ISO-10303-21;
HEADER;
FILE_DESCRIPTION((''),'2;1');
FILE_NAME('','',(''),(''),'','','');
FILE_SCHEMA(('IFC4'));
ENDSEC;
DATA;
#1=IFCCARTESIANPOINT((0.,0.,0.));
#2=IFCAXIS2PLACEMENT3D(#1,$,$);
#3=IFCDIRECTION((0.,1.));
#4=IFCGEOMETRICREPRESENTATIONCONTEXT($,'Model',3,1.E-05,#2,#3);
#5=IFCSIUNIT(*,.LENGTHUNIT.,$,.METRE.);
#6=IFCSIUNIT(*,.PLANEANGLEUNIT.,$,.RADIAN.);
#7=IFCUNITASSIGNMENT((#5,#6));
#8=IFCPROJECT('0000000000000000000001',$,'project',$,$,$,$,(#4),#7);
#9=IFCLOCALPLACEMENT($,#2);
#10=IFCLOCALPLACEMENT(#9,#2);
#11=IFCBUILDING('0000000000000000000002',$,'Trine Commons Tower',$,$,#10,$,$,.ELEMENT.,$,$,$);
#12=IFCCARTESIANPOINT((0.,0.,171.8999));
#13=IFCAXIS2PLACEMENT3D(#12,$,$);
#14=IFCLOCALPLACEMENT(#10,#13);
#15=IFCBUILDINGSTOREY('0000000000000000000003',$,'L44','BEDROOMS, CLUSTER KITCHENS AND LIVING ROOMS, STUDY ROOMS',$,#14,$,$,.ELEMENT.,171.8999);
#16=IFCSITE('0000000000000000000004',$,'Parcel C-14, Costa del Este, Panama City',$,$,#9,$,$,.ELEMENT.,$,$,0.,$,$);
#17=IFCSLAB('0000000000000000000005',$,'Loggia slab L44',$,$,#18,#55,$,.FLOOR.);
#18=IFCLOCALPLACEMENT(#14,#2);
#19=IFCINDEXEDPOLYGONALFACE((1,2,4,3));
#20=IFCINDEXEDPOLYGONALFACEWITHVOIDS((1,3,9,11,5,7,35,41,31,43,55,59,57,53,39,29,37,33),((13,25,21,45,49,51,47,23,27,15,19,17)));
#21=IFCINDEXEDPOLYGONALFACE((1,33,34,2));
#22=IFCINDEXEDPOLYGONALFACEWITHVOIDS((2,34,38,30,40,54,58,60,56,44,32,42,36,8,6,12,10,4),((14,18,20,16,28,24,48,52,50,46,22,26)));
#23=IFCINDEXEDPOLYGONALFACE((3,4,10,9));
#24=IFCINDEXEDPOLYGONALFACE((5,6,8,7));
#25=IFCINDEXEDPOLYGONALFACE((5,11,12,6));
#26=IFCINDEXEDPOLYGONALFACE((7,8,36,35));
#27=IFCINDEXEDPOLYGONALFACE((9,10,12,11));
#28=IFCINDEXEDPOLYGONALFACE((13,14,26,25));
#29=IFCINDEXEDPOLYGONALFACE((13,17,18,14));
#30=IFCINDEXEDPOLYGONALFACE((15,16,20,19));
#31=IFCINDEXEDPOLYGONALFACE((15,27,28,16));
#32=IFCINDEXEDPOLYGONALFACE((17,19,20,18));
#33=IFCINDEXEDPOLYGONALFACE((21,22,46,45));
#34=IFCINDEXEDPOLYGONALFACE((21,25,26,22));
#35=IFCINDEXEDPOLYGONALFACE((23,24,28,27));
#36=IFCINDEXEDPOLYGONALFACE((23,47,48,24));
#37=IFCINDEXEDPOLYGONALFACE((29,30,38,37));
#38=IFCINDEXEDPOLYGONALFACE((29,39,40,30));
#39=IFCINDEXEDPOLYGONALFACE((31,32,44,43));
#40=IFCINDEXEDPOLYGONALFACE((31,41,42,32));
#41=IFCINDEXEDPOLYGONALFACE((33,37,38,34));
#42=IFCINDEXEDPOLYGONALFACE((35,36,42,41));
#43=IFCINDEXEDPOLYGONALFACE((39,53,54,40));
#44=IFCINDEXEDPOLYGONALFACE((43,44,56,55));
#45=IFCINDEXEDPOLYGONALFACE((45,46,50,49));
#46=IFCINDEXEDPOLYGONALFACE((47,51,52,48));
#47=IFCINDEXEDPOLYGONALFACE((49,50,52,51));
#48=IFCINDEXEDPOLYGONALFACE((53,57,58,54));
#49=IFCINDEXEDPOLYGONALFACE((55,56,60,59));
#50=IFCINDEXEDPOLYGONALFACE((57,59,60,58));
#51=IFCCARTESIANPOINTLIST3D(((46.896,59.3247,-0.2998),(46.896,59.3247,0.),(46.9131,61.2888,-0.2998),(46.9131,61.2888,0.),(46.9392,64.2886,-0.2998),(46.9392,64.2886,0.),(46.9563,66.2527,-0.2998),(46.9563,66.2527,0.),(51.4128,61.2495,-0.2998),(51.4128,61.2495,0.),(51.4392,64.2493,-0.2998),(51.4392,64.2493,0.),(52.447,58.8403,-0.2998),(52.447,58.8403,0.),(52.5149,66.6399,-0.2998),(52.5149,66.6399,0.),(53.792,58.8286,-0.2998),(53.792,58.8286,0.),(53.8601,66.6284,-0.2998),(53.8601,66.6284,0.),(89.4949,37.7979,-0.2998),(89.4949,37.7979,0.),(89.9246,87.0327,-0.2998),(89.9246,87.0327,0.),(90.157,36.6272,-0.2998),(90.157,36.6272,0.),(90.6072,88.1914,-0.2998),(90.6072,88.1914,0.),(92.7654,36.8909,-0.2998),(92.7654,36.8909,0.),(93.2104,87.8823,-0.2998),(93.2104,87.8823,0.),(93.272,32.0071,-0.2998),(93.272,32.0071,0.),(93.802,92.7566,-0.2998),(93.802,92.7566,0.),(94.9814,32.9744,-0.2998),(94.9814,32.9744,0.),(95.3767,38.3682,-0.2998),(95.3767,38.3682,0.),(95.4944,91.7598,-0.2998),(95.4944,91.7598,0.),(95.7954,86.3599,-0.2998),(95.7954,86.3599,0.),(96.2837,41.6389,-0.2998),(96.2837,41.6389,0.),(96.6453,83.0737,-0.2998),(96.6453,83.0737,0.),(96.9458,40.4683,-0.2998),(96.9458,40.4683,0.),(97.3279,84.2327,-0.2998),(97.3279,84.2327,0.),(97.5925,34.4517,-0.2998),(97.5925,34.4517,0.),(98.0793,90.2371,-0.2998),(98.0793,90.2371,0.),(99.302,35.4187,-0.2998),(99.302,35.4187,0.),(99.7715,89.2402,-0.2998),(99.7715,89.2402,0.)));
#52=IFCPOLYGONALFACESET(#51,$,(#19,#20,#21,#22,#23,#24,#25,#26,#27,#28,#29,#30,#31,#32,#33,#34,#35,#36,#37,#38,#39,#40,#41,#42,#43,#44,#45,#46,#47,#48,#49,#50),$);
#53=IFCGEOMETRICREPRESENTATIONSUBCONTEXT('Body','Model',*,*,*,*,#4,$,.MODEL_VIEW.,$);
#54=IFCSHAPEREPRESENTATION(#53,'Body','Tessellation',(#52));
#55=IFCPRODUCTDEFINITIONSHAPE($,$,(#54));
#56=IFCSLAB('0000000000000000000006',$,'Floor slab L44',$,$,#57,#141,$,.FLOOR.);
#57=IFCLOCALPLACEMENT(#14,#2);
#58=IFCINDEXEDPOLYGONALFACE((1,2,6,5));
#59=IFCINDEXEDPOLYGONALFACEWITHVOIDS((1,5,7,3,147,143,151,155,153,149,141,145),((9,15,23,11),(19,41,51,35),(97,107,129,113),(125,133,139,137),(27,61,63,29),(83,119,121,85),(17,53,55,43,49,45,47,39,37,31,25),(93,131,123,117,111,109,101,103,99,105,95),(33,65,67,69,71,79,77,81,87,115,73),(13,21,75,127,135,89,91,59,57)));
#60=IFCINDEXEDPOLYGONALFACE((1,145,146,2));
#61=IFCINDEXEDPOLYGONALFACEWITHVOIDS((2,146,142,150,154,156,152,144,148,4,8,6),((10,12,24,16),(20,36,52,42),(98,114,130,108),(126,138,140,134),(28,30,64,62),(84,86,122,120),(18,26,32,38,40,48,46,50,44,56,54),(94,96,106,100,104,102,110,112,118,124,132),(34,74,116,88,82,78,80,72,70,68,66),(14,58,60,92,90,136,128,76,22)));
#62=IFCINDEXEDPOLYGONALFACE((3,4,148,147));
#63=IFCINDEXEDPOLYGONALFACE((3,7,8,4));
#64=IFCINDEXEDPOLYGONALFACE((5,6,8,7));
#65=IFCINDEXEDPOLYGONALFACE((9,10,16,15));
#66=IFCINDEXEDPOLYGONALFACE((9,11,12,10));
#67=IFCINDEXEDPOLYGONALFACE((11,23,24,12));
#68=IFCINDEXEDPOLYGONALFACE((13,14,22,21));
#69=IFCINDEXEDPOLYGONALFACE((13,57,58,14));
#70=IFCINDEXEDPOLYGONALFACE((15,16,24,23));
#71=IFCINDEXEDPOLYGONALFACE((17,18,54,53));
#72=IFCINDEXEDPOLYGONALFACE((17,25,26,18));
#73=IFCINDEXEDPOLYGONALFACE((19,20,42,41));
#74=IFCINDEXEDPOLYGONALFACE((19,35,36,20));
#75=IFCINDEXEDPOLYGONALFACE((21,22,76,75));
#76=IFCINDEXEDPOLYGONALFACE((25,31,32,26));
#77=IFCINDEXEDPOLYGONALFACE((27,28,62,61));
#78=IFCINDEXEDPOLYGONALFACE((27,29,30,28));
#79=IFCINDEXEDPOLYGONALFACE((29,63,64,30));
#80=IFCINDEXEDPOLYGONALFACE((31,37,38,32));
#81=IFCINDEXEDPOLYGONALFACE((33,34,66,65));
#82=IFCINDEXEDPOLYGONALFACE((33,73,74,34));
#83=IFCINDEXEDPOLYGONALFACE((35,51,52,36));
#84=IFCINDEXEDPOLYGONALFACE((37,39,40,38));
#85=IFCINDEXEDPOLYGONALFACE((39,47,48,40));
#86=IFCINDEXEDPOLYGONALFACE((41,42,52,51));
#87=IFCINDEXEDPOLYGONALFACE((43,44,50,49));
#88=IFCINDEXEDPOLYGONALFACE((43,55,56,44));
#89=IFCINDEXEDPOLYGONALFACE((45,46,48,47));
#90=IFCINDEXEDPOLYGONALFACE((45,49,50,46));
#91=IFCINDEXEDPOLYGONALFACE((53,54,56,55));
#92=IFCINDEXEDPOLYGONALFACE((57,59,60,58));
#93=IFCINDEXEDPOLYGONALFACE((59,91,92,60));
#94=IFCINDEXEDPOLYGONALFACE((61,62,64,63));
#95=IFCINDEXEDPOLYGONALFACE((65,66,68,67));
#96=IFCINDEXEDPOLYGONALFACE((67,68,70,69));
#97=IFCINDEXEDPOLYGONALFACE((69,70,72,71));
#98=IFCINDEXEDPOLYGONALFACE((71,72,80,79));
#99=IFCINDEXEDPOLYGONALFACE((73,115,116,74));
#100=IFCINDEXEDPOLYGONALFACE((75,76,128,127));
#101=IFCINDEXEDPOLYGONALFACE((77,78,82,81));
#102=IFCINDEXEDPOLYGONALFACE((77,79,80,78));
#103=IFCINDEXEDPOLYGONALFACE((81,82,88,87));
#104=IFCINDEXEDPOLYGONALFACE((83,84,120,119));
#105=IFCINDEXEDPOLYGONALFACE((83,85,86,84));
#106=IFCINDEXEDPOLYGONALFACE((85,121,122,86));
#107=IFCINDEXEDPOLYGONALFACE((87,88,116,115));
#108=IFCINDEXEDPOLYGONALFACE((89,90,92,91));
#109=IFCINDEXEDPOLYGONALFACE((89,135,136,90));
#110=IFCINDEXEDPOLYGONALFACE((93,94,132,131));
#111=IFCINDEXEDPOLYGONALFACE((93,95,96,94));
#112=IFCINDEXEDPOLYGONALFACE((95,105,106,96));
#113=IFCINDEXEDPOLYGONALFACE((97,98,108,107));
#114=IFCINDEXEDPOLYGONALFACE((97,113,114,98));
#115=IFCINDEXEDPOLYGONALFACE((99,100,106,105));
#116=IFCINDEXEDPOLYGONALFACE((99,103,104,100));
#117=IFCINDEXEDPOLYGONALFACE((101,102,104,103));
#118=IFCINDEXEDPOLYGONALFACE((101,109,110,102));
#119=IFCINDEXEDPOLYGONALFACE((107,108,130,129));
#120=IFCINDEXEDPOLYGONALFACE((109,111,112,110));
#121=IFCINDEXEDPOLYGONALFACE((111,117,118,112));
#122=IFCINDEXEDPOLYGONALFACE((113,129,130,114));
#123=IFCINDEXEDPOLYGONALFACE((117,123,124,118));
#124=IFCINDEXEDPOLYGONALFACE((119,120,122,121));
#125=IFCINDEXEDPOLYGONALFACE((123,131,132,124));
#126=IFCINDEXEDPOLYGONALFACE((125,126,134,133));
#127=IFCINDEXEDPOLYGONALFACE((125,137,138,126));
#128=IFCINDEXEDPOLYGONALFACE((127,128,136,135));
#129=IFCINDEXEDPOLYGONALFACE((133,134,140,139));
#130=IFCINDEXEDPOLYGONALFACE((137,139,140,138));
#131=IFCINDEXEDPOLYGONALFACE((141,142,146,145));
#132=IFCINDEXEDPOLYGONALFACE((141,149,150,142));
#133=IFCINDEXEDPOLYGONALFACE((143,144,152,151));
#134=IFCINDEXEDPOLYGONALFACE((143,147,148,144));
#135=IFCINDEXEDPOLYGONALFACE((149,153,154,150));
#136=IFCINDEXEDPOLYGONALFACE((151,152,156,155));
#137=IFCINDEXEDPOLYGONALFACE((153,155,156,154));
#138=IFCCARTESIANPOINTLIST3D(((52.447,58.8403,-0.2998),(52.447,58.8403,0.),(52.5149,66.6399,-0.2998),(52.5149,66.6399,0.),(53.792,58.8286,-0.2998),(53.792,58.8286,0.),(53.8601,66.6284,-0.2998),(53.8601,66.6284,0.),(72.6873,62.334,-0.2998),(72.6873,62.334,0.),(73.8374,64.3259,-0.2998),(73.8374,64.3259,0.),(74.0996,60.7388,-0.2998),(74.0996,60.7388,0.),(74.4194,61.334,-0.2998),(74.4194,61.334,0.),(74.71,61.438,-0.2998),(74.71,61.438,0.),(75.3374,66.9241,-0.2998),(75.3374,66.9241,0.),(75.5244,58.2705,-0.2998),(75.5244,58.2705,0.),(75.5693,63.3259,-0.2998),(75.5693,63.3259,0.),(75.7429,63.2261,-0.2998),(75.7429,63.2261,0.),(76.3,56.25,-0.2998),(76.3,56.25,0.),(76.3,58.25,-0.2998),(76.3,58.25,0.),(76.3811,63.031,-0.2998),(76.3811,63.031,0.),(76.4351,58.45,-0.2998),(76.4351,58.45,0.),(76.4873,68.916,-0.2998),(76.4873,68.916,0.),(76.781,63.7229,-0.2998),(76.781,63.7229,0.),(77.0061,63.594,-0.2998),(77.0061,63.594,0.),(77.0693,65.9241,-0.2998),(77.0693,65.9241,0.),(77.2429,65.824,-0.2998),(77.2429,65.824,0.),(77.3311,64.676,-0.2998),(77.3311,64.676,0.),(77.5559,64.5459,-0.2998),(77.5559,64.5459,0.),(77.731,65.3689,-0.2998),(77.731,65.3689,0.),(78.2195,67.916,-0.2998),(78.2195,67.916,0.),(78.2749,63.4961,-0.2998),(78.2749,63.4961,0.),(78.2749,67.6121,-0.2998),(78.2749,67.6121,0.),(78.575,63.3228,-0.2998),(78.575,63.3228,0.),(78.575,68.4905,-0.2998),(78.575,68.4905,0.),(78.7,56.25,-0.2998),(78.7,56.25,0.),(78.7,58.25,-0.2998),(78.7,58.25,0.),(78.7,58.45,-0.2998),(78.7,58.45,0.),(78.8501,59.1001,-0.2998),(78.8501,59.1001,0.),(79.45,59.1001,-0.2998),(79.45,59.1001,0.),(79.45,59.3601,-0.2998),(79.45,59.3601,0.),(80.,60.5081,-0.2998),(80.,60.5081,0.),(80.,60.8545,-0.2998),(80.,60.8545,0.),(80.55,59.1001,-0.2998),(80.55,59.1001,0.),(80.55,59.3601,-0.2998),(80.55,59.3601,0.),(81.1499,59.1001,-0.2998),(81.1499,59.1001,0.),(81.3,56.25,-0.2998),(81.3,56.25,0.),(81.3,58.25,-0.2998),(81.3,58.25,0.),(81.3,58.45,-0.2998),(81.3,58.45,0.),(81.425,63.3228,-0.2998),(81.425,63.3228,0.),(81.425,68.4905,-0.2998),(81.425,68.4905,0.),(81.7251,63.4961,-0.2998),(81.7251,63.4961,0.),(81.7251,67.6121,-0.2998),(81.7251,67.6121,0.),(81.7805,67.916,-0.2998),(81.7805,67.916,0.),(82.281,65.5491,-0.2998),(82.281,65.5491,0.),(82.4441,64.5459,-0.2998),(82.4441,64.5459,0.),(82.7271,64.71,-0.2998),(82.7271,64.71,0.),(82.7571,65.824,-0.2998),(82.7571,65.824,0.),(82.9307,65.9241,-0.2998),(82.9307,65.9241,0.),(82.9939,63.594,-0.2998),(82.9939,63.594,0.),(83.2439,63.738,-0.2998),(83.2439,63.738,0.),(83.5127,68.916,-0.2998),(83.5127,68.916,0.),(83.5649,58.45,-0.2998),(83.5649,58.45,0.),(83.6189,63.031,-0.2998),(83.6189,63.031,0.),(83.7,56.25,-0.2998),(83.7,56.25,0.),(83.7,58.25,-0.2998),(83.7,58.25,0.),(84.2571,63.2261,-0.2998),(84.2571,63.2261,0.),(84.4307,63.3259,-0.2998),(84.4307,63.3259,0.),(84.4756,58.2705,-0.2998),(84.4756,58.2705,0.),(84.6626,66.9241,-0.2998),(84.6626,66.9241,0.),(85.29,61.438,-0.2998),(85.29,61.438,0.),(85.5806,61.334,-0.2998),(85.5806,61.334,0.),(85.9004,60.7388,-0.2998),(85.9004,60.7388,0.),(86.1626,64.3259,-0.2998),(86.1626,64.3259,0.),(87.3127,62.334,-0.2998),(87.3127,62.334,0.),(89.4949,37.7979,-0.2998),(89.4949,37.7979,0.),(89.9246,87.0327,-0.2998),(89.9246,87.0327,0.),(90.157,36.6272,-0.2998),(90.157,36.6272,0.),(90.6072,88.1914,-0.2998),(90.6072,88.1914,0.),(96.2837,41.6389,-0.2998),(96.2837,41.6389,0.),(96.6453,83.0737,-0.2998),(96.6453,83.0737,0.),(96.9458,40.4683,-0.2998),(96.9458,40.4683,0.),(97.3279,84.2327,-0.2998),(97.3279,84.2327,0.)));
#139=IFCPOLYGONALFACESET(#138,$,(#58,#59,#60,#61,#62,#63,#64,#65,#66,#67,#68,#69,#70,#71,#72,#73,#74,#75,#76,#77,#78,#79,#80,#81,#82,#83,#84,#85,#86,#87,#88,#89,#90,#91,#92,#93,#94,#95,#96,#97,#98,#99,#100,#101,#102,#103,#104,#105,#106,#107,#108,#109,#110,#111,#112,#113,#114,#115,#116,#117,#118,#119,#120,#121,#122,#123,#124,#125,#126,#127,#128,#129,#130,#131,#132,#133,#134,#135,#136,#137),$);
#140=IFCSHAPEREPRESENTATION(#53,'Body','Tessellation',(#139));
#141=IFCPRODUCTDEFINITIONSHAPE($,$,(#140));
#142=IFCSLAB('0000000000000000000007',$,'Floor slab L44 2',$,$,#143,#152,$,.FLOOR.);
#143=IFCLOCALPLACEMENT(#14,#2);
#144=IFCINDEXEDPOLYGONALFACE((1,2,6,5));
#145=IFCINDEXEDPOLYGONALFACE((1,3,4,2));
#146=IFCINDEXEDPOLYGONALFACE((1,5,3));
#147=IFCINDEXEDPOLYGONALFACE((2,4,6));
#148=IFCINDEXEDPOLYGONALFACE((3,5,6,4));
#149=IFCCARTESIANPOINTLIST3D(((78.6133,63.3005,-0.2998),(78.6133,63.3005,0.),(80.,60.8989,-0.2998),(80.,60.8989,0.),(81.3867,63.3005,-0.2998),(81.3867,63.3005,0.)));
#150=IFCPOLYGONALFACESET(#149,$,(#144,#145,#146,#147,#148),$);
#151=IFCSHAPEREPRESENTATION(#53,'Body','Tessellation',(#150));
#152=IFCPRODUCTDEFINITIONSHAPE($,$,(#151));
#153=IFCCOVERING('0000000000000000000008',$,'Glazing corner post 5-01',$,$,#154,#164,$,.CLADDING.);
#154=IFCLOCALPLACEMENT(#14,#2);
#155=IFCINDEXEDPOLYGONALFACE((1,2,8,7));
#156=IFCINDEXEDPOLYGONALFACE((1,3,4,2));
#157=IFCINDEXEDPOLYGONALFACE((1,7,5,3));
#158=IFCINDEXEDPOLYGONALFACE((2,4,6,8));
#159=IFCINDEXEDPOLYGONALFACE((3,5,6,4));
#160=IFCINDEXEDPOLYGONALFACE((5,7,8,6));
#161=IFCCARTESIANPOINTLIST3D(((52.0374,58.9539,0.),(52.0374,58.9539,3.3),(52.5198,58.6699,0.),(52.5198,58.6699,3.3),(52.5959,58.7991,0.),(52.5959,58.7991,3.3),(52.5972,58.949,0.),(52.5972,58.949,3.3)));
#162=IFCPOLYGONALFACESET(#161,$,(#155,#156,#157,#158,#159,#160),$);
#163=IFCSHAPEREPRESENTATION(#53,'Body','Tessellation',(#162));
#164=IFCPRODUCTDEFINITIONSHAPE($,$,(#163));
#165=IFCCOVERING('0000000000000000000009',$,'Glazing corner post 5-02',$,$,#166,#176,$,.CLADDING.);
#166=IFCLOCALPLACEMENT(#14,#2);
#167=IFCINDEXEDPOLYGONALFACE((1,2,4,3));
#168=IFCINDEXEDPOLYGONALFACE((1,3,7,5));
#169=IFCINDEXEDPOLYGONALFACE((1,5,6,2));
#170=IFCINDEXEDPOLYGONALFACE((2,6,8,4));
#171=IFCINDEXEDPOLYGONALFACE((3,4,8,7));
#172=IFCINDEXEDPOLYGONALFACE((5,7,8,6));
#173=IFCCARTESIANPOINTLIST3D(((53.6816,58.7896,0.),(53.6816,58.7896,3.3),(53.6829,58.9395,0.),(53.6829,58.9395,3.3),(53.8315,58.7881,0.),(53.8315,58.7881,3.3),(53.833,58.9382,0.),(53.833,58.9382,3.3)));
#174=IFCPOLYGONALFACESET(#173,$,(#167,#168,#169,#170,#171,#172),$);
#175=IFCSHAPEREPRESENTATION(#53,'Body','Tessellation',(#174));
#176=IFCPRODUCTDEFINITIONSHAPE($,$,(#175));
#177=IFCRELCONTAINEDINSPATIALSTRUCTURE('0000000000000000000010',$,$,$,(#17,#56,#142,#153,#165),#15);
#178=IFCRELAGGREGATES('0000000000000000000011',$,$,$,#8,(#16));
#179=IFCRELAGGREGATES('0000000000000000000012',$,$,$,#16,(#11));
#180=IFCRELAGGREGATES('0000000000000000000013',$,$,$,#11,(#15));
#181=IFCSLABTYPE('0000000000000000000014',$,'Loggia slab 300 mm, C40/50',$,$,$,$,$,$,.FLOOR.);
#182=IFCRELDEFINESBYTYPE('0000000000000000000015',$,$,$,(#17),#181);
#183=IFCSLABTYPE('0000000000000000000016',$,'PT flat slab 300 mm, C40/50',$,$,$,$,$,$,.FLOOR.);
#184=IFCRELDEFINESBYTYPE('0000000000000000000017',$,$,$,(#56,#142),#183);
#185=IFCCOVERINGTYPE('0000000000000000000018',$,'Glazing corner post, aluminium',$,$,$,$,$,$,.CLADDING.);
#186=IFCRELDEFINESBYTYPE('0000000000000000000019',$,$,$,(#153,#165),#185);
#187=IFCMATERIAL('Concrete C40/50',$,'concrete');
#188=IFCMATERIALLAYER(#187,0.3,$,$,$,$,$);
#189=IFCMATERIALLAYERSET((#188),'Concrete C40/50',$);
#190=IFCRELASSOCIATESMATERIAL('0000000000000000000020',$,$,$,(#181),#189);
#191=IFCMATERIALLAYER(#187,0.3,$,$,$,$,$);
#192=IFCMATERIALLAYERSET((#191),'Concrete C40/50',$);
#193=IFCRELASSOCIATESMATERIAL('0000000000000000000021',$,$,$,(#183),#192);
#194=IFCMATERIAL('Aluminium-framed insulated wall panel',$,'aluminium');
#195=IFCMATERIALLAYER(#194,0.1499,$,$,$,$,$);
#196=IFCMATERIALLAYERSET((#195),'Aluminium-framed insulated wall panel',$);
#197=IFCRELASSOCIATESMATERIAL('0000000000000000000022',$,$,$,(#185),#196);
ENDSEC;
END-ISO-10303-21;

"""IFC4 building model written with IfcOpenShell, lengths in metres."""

from ifc_helpers import new_model, si_unit, direction, frame, origin, place, context, subcontext, project, spatial, polyline, outline, extrude, material, layer, layer_set, type_object, element, save


model = new_model("IFC4")

# Units and contexts
model_context = context("Model", 3, precision=1e-05, world=origin(), true_north=direction((0.0, 1.0)))
body_context = subcontext(model_context, "Body", "Model", "MODEL_VIEW")
ifc_project = project(units=[si_unit("LENGTHUNIT", "METRE"), si_unit("PLANEANGLEUNIT", "RADIAN")], contexts=[model_context])

# Site, building, storey
site_placement = place(None, origin())
site = spatial("IfcSite", under=ifc_project, at=site_placement, Name="Parcel C-14, Costa del Este, Panama City", CompositionType="ELEMENT", RefElevation=0.0)
building_placement = place(site_placement, origin())
building = spatial("IfcBuilding", under=site, at=building_placement, Name="Trine Commons Tower", CompositionType="ELEMENT")
storey_placement = place(building_placement, frame((0.0, 0.0, 171.8999)))
storey = spatial("IfcBuildingStorey", under=building, at=storey_placement, Name="L44", Description="BEDROOMS, CLUSTER KITCHENS AND LIVING ROOMS, STUDY ROOMS", CompositionType="ELEMENT", Elevation=171.8999)

# Slabs
ifc_material_1 = material(Name="Concrete C40/50", Category="concrete")
ifc_layer_1 = layer(ifc_material_1, 0.3)
ifc_layer_set_1 = layer_set([ifc_layer_1], Name="Concrete C40/50")
slab_type_1 = type_object("IfcSlabType", Name="Loggia slab 300 mm, C40/50", PredefinedType="FLOOR", material=ifc_layer_set_1)
slab_1_placement = place(storey_placement, frame((0.0, 0.0, -0.2998)))
element("IfcSlab", 1, at=slab_1_placement, inside=storey, type_object=slab_type_1, Name="Loggia slab L44", PredefinedType="FLOOR", context=body_context, shape_type="SweptSolid", body=[
    extrude(outline(polyline([(99.302, 35.4187), (99.7715, 89.2402), (98.0793, 90.2371), (95.7954, 86.3599), (93.2104, 87.8823), (95.4944, 91.7598), (93.802, 92.7566), (46.9563, 66.2527), (46.9392, 64.2886), (51.4392, 64.2493), (51.4128, 61.2495), (46.9131, 61.2888), (46.896, 59.3247), (93.272, 32.0071), (94.9814, 32.9744), (92.7654, 36.8909), (95.3767, 38.3682), (97.5925, 34.4517), (99.302, 35.4187)]), holes=[polyline([(90.157, 36.6272), (89.4949, 37.7979), (96.2837, 41.6389), (96.9458, 40.4683), (97.3279, 84.2327), (96.6453, 83.0737), (89.9246, 87.0327), (90.6072, 88.1914), (52.5149, 66.6399), (53.8601, 66.6284), (53.792, 58.8286), (52.447, 58.8403), (90.157, 36.6272)])]), origin(), (0.0, 0.0, 1.0), 0.2998),
])
ifc_layer_2 = layer(ifc_material_1, 0.3)
ifc_layer_set_2 = layer_set([ifc_layer_2], Name="Concrete C40/50")
slab_type_2 = type_object("IfcSlabType", Name="PT flat slab 300 mm, C40/50", PredefinedType="FLOOR", material=ifc_layer_set_2)
slab_2_placement = place(storey_placement, frame((0.0, 0.0, -0.2998)))
element("IfcSlab", 2, at=slab_2_placement, inside=storey, type_object=slab_type_2, Name="Floor slab L44", PredefinedType="FLOOR", context=body_context, shape_type="SweptSolid", body=[
    extrude(outline(polyline([(52.447, 58.8403), (90.157, 36.6272), (89.4949, 37.7979), (96.2837, 41.6389), (96.9458, 40.4683), (97.3279, 84.2327), (96.6453, 83.0737), (89.9246, 87.0327), (90.6072, 88.1914), (52.5149, 66.6399), (53.8601, 66.6284), (53.792, 58.8286), (52.447, 58.8403)]), holes=[polyline([(78.7, 56.25), (78.7, 58.25), (76.3, 58.25), (76.3, 56.25), (78.7, 56.25)]), polyline([(80.0, 60.8545), (84.4756, 58.2705), (85.9004, 60.7388), (81.425, 63.3228), (81.425, 68.4905), (78.575, 68.4905), (78.575, 63.3228), (74.0996, 60.7388), (75.5244, 58.2705), (80.0, 60.8545)]), polyline([(73.8374, 64.3259), (72.6873, 62.334), (74.4194, 61.334), (75.5693, 63.3259), (73.8374, 64.3259)]), polyline([(76.3811, 63.031), (75.7429, 63.2261), (74.71, 61.438), (78.2749, 63.4961), (78.2749, 67.6121), (77.2429, 65.824), (77.731, 65.3689), (77.3311, 64.676), (77.5559, 64.5459), (77.0061, 63.594), (76.781, 63.7229), (76.3811, 63.031)]), polyline([(76.4873, 68.916), (75.3374, 66.9241), (77.0693, 65.9241), (78.2195, 67.916), (76.4873, 68.916)]), polyline([(83.7, 56.25), (83.7, 58.25), (81.3, 58.25), (81.3, 56.25), (83.7, 56.25)]), polyline([(81.1499, 59.1001), (81.3, 58.45), (83.5649, 58.45), (80.0, 60.5081), (76.4351, 58.45), (78.7, 58.45), (78.8501, 59.1001), (79.45, 59.1001), (79.45, 59.3601), (80.55, 59.3601), (80.55, 59.1001), (81.1499, 59.1001)]), polyline([(86.1626, 64.3259), (84.4307, 63.3259), (85.5806, 61.334), (87.3127, 62.334), (86.1626, 64.3259)]), polyline([(83.2439, 63.738), (82.9939, 63.594), (82.4441, 64.5459), (82.7271, 64.71), (82.281, 65.5491), (82.7571, 65.824), (81.7251, 67.6121), (81.7251, 63.4961), (85.29, 61.438), (84.2571, 63.2261), (83.6189, 63.031), (83.2439, 63.738)]), polyline([(84.6626, 66.9241), (83.5127, 68.916), (81.7805, 67.916), (82.9307, 65.9241), (84.6626, 66.9241)])]), origin(), (0.0, 0.0, 1.0), 0.2998),
])
slab_3_placement = place(storey_placement, frame((0.0, 0.0, -0.2998)))
element("IfcSlab", 3, at=slab_3_placement, inside=storey, type_object=slab_type_2, Name="Floor slab L44 2", PredefinedType="FLOOR", context=body_context, shape_type="SweptSolid", body=[
    extrude(outline(polyline([(78.6133, 63.3005), (80.0, 60.8989), (81.3867, 63.3005), (78.6133, 63.3005)])), origin(), (0.0, 0.0, 1.0), 0.2998),
])

# Coverings
ifc_material_2 = material(Name="Aluminium-framed insulated wall panel", Category="aluminium")
ifc_layer_3 = layer(ifc_material_2, 0.1499)
ifc_layer_set_3 = layer_set([ifc_layer_3], Name="Aluminium-framed insulated wall panel")
covering_type_1 = type_object("IfcCoveringType", Name="Glazing corner post, aluminium", PredefinedType="CLADDING", material=ifc_layer_set_3)
covering_1_placement = place(storey_placement, origin())
element("IfcCovering", 4, at=covering_1_placement, inside=storey, type_object=covering_type_1, Name="Glazing corner post 5-01", PredefinedType="CLADDING", context=body_context, shape_type="SweptSolid", body=[
    extrude(outline(polyline([(52.5198, 58.6699), (52.5959, 58.7991), (52.5972, 58.949), (52.0374, 58.9539), (52.5198, 58.6699)])), origin(), (0.0, 0.0, 1.0), 3.3),
])
covering_2_placement = place(storey_placement, origin())
element("IfcCovering", 5, at=covering_2_placement, inside=storey, type_object=covering_type_1, Name="Glazing corner post 5-02", PredefinedType="CLADDING", context=body_context, shape_type="SweptSolid", body=[
    extrude(outline(polyline([(53.6816, 58.7896), (53.8315, 58.7881), (53.833, 58.9382), (53.6829, 58.9395), (53.6816, 58.7896)])), origin(), (0.0, 0.0, 1.0), 3.3),
])

save(model, "model.ifc")
